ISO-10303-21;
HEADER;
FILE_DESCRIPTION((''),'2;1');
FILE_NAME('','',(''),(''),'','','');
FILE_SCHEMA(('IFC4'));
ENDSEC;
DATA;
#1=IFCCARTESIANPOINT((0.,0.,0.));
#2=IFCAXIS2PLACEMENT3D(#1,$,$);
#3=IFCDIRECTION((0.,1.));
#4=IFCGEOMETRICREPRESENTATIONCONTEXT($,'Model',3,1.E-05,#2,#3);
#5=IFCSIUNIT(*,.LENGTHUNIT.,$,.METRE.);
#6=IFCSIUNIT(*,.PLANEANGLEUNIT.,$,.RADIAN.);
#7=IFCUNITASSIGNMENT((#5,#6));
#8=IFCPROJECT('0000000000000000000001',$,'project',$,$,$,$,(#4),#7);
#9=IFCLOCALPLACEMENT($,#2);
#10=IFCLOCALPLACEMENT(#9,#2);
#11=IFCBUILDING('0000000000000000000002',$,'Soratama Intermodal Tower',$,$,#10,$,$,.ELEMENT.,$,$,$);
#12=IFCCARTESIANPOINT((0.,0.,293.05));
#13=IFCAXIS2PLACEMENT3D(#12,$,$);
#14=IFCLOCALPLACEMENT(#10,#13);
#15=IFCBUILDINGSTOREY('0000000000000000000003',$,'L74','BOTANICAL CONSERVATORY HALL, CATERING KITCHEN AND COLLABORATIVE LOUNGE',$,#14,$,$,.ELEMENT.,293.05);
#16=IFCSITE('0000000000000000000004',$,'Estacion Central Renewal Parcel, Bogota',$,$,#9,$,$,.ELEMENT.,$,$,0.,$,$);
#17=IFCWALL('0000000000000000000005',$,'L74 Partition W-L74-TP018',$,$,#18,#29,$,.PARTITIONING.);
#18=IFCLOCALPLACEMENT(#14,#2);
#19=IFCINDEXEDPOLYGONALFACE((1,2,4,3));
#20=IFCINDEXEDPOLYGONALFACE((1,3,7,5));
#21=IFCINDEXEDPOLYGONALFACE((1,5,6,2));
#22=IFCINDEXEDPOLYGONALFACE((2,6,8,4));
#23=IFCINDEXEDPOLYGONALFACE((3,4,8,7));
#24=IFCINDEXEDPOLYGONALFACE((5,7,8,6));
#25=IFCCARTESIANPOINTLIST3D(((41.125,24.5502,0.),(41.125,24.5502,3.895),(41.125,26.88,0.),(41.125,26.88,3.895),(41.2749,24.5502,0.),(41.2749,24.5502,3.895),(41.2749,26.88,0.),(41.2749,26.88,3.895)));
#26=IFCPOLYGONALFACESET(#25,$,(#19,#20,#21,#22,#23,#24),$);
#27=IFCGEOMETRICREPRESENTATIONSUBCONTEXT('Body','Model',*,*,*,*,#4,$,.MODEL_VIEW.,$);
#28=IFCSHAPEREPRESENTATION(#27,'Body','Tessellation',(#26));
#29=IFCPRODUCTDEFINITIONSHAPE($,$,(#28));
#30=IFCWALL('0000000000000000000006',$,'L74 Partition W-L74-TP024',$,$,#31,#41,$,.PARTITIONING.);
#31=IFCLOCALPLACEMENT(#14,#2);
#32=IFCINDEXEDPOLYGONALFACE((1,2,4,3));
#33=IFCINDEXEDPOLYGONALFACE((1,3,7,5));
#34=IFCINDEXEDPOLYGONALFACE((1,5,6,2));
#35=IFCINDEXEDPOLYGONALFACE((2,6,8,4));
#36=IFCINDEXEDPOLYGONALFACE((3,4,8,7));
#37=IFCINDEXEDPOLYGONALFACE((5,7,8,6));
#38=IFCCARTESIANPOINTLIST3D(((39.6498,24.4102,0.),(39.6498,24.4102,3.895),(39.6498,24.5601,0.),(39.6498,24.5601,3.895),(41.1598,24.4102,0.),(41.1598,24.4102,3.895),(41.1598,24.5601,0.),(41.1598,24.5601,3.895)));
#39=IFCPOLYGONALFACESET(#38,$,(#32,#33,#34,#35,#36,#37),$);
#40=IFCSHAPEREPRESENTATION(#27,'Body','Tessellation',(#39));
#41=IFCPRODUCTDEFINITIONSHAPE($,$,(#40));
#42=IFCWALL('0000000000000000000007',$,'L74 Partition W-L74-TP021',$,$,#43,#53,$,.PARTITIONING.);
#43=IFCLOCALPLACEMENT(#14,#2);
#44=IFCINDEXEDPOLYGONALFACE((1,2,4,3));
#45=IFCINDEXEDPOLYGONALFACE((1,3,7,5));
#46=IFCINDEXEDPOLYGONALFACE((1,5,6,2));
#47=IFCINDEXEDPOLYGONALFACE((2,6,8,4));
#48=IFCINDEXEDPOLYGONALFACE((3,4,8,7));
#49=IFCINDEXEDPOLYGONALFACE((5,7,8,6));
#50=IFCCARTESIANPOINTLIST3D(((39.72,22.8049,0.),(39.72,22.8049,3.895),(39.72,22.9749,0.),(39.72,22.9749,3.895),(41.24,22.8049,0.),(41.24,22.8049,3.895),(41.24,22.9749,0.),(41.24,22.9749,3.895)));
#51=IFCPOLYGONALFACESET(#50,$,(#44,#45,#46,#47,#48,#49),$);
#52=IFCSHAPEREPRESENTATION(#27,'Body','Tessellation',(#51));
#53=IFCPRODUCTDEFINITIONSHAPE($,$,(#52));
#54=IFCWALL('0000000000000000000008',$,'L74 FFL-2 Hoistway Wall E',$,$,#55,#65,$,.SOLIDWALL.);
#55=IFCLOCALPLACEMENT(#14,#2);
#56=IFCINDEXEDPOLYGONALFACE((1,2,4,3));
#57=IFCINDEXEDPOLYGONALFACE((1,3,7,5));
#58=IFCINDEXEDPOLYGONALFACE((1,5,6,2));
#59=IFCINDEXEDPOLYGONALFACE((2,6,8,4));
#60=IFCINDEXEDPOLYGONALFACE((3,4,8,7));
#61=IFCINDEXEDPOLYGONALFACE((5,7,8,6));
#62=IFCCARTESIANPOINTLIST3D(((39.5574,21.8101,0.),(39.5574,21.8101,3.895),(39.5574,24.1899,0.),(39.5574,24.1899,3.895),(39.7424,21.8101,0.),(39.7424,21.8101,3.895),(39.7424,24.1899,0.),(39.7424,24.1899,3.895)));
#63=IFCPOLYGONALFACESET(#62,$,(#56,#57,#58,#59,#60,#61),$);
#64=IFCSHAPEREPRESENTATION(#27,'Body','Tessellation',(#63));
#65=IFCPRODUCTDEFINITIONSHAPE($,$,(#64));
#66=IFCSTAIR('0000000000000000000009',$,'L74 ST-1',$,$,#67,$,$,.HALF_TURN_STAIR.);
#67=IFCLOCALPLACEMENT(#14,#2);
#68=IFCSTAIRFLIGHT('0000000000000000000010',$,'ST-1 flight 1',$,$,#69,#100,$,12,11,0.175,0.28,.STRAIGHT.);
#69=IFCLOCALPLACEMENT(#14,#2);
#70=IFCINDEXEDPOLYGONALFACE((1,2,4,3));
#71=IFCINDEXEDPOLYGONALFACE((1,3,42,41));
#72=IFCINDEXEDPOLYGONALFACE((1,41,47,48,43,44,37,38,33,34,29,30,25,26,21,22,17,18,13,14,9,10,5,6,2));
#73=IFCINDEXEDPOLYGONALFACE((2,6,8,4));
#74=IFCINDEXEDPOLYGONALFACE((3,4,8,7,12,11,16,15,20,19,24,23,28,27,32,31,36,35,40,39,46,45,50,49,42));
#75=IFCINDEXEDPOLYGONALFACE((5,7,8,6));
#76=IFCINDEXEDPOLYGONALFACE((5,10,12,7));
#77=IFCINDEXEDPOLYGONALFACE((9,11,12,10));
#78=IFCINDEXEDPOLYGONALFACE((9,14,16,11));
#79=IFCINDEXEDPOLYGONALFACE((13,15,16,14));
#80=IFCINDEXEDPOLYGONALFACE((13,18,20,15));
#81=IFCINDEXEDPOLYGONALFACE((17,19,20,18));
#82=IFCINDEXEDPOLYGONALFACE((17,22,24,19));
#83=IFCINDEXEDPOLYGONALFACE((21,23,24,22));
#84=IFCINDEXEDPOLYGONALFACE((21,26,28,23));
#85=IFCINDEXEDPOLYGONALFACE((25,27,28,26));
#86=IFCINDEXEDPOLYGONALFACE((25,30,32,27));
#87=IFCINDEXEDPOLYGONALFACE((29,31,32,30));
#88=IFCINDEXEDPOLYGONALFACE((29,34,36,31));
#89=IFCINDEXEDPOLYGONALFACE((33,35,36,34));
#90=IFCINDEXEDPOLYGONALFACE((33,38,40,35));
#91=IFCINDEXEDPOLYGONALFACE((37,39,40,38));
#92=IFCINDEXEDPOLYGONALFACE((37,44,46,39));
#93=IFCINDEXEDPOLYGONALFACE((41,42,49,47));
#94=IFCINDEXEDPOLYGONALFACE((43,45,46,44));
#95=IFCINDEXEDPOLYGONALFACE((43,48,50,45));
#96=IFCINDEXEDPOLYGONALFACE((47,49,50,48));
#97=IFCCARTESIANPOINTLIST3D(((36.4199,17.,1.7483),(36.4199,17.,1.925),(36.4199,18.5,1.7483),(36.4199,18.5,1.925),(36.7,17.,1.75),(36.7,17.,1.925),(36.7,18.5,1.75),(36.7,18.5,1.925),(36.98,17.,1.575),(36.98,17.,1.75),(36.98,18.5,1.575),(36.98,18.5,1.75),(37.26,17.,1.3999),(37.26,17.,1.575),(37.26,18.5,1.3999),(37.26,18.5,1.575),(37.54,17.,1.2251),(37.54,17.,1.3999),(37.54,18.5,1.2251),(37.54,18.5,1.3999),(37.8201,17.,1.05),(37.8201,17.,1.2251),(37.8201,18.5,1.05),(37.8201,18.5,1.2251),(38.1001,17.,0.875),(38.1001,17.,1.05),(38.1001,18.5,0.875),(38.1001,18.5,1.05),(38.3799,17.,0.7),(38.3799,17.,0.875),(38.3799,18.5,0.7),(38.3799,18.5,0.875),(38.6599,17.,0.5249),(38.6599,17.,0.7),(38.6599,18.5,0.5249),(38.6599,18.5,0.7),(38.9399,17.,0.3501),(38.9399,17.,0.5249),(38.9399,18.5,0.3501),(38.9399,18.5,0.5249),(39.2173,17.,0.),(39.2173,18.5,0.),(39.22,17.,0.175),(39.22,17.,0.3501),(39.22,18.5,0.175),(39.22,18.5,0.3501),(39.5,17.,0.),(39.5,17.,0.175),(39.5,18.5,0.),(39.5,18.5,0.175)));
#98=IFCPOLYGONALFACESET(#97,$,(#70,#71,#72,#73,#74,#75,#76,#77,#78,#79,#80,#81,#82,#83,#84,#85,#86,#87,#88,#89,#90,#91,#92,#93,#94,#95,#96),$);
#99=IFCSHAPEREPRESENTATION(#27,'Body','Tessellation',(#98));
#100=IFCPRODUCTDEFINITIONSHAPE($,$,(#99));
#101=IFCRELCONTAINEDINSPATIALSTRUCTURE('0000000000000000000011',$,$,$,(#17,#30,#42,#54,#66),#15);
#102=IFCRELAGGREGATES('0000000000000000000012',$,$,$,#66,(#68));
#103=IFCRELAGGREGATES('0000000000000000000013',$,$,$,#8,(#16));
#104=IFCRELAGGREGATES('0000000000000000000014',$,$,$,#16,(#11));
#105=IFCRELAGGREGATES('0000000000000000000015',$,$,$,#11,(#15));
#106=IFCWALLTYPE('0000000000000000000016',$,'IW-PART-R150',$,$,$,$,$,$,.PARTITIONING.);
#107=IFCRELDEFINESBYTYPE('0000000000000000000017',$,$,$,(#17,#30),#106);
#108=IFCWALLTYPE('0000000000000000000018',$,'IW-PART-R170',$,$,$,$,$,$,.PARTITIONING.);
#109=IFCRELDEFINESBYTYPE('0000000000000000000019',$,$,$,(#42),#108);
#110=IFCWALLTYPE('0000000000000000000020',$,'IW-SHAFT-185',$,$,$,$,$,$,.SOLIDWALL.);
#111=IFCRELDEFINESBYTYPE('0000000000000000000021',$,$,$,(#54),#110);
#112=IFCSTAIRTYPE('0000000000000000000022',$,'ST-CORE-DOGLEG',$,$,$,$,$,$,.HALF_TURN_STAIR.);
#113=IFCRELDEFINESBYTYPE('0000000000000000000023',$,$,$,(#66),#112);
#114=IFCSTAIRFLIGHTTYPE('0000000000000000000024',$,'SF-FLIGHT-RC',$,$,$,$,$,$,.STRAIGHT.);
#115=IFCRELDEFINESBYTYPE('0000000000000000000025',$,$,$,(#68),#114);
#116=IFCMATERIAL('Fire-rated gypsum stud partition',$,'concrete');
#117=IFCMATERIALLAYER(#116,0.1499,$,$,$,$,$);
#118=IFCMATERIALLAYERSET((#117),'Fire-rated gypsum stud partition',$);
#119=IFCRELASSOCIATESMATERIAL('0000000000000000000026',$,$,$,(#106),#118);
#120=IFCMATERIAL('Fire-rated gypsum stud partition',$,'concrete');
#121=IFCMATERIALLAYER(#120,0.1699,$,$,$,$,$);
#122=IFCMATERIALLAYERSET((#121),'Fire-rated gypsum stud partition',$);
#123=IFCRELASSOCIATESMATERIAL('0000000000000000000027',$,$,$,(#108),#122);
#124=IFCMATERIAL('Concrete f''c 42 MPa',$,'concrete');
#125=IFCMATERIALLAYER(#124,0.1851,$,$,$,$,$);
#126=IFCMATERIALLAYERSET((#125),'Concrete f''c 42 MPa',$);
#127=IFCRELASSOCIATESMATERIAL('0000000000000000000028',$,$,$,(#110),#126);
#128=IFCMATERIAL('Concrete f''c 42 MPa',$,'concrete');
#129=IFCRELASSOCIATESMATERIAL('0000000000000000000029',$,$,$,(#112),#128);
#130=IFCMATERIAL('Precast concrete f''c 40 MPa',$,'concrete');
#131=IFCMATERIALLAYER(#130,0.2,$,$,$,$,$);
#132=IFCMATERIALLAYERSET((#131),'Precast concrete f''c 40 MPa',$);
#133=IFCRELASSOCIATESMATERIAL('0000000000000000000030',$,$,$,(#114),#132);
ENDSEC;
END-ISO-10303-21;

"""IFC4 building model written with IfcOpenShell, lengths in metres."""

from ifc_helpers import new_model, si_unit, direction, frame, frame_2d, origin, place, context, subcontext, project, spatial, polyline, rectangle, outline, extrude, material, layer, layer_set, type_object, element, aggregate, save


model = new_model("IFC4")

# Units and contexts
model_context = context("Model", 3, precision=1e-05, world=origin(), true_north=direction((0.0, 1.0)))
body_context = subcontext(model_context, "Body", "Model", "MODEL_VIEW")
ifc_project = project(units=[si_unit("LENGTHUNIT", "METRE"), si_unit("PLANEANGLEUNIT", "RADIAN")], contexts=[model_context])

# Site, building, storey
site_placement = place(None, origin())
site = spatial("IfcSite", under=ifc_project, at=site_placement, Name="Estacion Central Renewal Parcel, Bogota", CompositionType="ELEMENT", RefElevation=0.0)
building_placement = place(site_placement, origin())
building = spatial("IfcBuilding", under=site, at=building_placement, Name="Soratama Intermodal Tower", CompositionType="ELEMENT")
storey_placement = place(building_placement, frame((0.0, 0.0, 293.05)))
storey = spatial("IfcBuildingStorey", under=building, at=storey_placement, Name="L74", Description="BOTANICAL CONSERVATORY HALL, CATERING KITCHEN AND COLLABORATIVE LOUNGE", CompositionType="ELEMENT", Elevation=293.05)

# Walls
ifc_material_1 = material(Name="Fire-rated gypsum stud partition", Category="concrete")
ifc_layer_1 = layer(ifc_material_1, 0.1499)
ifc_layer_set_1 = layer_set([ifc_layer_1], Name="Fire-rated gypsum stud partition")
wall_type_1 = type_object("IfcWallType", Name="IW-PART-R150", PredefinedType="PARTITIONING", material=ifc_layer_set_1)
wall_1_placement = place(storey_placement, frame((41.2, 24.55, 0.0), z_axis=(0.0, 0.0, 1.0), x_axis=(0.0, 1.0, 0.0)))
element("IfcWall", 1, at=wall_1_placement, inside=storey, type_object=wall_type_1, Name="L74 Partition W-L74-TP018", PredefinedType="PARTITIONING", context=body_context, shape_type="SweptSolid", body=[
    extrude(rectangle(XDim=2.3298, YDim=0.1499, at=frame_2d((1.165, 0.0))), origin(), (0.0, 0.0, 1.0), 3.895),
])
wall_2_placement = place(storey_placement, frame((39.6499, 24.4851, 0.0), z_axis=(0.0, 0.0, 1.0), x_axis=(1.0, 0.0, 0.0)))
element("IfcWall", 2, at=wall_2_placement, inside=storey, type_object=wall_type_1, Name="L74 Partition W-L74-TP024", PredefinedType="PARTITIONING", context=body_context, shape_type="SweptSolid", body=[
    extrude(rectangle(XDim=1.51, YDim=0.1499, at=frame_2d((0.7549, 0.0))), origin(), (0.0, 0.0, 1.0), 3.895),
])

# Shared definitions
ifc_material_2 = material(Name="Fire-rated gypsum stud partition", Category="concrete")
ifc_layer_2 = layer(ifc_material_2, 0.1699)
ifc_layer_set_2 = layer_set([ifc_layer_2], Name="Fire-rated gypsum stud partition")
wall_type_2 = type_object("IfcWallType", Name="IW-PART-R170", PredefinedType="PARTITIONING", material=ifc_layer_set_2)

# Walls
wall_3_placement = place(storey_placement, frame((39.72, 22.8899, 0.0), z_axis=(0.0, 0.0, 1.0), x_axis=(1.0, 0.0, 0.0)))
element("IfcWall", 3, at=wall_3_placement, inside=storey, type_object=wall_type_2, Name="L74 Partition W-L74-TP021", PredefinedType="PARTITIONING", context=body_context, shape_type="SweptSolid", body=[
    extrude(rectangle(XDim=1.52, YDim=0.1699, at=frame_2d((0.76, 0.0))), origin(), (0.0, 0.0, 1.0), 3.895),
])
ifc_material_3 = material(Name="Concrete f'c 42 MPa", Category="concrete")
ifc_layer_3 = layer(ifc_material_3, 0.1851)
ifc_layer_set_3 = layer_set([ifc_layer_3], Name="Concrete f'c 42 MPa")
wall_type_3 = type_object("IfcWallType", Name="IW-SHAFT-185", PredefinedType="SOLIDWALL", material=ifc_layer_set_3)
wall_4_placement = place(storey_placement, frame((39.6499, 21.8101, 0.0), z_axis=(0.0, 0.0, 1.0), x_axis=(0.0, 1.0, 0.0)))
element("IfcWall", 4, at=wall_4_placement, inside=storey, type_object=wall_type_3, Name="L74 FFL-2 Hoistway Wall E", PredefinedType="SOLIDWALL", context=body_context, shape_type="SweptSolid", body=[
    extrude(rectangle(XDim=2.3799, YDim=0.1851, at=frame_2d((1.1899, 0.0))), origin(), (0.0, 0.0, 1.0), 3.895),
])

# Stair, stair flight
ifc_material_4 = material(Name="Concrete f'c 42 MPa", Category="concrete")
stair_type = type_object("IfcStairType", Name="ST-CORE-DOGLEG", PredefinedType="HALF_TURN_STAIR", material=ifc_material_4)
stair_placement = place(storey_placement, origin())
stair = element("IfcStair", 5, at=stair_placement, inside=storey, type_object=stair_type, Name="L74 ST-1", PredefinedType="HALF_TURN_STAIR")
ifc_material_5 = material(Name="Precast concrete f'c 40 MPa", Category="concrete")
ifc_layer_4 = layer(ifc_material_5, 0.2)
ifc_layer_set_4 = layer_set([ifc_layer_4], Name="Precast concrete f'c 40 MPa")
stair_flight_type = type_object("IfcStairFlightType", Name="SF-FLIGHT-RC", PredefinedType="STRAIGHT", material=ifc_layer_set_4)
stair_flight_placement = place(storey_placement, frame((39.5, 17.75, 0.0), z_axis=(0.0, 0.0, 1.0), x_axis=(-1.0, 0.0, 0.0)))
stair_flight = element("IfcStairFlight", 6, at=stair_flight_placement, type_object=stair_flight_type, Name="ST-1 flight 1", NumberOfRisers=12, NumberOfTreads=11, PredefinedType="STRAIGHT", RiserHeight=0.175, TreadLength=0.28, context=body_context, shape_type="SweptSolid", body=[
    extrude(outline(polyline([(0.0, 0.0), (0.0, 0.175), (0.28, 0.175), (0.28, 0.3501), (0.5601, 0.3501), (0.5601, 0.5249), (0.8401, 0.5249), (0.8401, 0.7), (1.1201, 0.7), (1.1201, 0.875), (1.3999, 0.875), (1.3999, 1.05), (1.6799, 1.05), (1.6799, 1.2251), (1.96, 1.2251), (1.96, 1.3999), (2.24, 1.3999), (2.24, 1.575), (2.52, 1.575), (2.52, 1.75), (2.8, 1.75), (2.8, 1.925), (3.0801, 1.925), (3.0801, 2.1001), (3.0801, 1.7483), (0.2827, 0.0), (0.0, 0.0)])), frame((0.0, 0.75, 0.0), z_axis=(0.0, -1.0, 0.0), x_axis=(1.0, 0.0, 0.0)), (0.0, 0.0, 1.0), 1.5),
])
aggregate(stair, [stair_flight])

save(model, "model.ifc")
